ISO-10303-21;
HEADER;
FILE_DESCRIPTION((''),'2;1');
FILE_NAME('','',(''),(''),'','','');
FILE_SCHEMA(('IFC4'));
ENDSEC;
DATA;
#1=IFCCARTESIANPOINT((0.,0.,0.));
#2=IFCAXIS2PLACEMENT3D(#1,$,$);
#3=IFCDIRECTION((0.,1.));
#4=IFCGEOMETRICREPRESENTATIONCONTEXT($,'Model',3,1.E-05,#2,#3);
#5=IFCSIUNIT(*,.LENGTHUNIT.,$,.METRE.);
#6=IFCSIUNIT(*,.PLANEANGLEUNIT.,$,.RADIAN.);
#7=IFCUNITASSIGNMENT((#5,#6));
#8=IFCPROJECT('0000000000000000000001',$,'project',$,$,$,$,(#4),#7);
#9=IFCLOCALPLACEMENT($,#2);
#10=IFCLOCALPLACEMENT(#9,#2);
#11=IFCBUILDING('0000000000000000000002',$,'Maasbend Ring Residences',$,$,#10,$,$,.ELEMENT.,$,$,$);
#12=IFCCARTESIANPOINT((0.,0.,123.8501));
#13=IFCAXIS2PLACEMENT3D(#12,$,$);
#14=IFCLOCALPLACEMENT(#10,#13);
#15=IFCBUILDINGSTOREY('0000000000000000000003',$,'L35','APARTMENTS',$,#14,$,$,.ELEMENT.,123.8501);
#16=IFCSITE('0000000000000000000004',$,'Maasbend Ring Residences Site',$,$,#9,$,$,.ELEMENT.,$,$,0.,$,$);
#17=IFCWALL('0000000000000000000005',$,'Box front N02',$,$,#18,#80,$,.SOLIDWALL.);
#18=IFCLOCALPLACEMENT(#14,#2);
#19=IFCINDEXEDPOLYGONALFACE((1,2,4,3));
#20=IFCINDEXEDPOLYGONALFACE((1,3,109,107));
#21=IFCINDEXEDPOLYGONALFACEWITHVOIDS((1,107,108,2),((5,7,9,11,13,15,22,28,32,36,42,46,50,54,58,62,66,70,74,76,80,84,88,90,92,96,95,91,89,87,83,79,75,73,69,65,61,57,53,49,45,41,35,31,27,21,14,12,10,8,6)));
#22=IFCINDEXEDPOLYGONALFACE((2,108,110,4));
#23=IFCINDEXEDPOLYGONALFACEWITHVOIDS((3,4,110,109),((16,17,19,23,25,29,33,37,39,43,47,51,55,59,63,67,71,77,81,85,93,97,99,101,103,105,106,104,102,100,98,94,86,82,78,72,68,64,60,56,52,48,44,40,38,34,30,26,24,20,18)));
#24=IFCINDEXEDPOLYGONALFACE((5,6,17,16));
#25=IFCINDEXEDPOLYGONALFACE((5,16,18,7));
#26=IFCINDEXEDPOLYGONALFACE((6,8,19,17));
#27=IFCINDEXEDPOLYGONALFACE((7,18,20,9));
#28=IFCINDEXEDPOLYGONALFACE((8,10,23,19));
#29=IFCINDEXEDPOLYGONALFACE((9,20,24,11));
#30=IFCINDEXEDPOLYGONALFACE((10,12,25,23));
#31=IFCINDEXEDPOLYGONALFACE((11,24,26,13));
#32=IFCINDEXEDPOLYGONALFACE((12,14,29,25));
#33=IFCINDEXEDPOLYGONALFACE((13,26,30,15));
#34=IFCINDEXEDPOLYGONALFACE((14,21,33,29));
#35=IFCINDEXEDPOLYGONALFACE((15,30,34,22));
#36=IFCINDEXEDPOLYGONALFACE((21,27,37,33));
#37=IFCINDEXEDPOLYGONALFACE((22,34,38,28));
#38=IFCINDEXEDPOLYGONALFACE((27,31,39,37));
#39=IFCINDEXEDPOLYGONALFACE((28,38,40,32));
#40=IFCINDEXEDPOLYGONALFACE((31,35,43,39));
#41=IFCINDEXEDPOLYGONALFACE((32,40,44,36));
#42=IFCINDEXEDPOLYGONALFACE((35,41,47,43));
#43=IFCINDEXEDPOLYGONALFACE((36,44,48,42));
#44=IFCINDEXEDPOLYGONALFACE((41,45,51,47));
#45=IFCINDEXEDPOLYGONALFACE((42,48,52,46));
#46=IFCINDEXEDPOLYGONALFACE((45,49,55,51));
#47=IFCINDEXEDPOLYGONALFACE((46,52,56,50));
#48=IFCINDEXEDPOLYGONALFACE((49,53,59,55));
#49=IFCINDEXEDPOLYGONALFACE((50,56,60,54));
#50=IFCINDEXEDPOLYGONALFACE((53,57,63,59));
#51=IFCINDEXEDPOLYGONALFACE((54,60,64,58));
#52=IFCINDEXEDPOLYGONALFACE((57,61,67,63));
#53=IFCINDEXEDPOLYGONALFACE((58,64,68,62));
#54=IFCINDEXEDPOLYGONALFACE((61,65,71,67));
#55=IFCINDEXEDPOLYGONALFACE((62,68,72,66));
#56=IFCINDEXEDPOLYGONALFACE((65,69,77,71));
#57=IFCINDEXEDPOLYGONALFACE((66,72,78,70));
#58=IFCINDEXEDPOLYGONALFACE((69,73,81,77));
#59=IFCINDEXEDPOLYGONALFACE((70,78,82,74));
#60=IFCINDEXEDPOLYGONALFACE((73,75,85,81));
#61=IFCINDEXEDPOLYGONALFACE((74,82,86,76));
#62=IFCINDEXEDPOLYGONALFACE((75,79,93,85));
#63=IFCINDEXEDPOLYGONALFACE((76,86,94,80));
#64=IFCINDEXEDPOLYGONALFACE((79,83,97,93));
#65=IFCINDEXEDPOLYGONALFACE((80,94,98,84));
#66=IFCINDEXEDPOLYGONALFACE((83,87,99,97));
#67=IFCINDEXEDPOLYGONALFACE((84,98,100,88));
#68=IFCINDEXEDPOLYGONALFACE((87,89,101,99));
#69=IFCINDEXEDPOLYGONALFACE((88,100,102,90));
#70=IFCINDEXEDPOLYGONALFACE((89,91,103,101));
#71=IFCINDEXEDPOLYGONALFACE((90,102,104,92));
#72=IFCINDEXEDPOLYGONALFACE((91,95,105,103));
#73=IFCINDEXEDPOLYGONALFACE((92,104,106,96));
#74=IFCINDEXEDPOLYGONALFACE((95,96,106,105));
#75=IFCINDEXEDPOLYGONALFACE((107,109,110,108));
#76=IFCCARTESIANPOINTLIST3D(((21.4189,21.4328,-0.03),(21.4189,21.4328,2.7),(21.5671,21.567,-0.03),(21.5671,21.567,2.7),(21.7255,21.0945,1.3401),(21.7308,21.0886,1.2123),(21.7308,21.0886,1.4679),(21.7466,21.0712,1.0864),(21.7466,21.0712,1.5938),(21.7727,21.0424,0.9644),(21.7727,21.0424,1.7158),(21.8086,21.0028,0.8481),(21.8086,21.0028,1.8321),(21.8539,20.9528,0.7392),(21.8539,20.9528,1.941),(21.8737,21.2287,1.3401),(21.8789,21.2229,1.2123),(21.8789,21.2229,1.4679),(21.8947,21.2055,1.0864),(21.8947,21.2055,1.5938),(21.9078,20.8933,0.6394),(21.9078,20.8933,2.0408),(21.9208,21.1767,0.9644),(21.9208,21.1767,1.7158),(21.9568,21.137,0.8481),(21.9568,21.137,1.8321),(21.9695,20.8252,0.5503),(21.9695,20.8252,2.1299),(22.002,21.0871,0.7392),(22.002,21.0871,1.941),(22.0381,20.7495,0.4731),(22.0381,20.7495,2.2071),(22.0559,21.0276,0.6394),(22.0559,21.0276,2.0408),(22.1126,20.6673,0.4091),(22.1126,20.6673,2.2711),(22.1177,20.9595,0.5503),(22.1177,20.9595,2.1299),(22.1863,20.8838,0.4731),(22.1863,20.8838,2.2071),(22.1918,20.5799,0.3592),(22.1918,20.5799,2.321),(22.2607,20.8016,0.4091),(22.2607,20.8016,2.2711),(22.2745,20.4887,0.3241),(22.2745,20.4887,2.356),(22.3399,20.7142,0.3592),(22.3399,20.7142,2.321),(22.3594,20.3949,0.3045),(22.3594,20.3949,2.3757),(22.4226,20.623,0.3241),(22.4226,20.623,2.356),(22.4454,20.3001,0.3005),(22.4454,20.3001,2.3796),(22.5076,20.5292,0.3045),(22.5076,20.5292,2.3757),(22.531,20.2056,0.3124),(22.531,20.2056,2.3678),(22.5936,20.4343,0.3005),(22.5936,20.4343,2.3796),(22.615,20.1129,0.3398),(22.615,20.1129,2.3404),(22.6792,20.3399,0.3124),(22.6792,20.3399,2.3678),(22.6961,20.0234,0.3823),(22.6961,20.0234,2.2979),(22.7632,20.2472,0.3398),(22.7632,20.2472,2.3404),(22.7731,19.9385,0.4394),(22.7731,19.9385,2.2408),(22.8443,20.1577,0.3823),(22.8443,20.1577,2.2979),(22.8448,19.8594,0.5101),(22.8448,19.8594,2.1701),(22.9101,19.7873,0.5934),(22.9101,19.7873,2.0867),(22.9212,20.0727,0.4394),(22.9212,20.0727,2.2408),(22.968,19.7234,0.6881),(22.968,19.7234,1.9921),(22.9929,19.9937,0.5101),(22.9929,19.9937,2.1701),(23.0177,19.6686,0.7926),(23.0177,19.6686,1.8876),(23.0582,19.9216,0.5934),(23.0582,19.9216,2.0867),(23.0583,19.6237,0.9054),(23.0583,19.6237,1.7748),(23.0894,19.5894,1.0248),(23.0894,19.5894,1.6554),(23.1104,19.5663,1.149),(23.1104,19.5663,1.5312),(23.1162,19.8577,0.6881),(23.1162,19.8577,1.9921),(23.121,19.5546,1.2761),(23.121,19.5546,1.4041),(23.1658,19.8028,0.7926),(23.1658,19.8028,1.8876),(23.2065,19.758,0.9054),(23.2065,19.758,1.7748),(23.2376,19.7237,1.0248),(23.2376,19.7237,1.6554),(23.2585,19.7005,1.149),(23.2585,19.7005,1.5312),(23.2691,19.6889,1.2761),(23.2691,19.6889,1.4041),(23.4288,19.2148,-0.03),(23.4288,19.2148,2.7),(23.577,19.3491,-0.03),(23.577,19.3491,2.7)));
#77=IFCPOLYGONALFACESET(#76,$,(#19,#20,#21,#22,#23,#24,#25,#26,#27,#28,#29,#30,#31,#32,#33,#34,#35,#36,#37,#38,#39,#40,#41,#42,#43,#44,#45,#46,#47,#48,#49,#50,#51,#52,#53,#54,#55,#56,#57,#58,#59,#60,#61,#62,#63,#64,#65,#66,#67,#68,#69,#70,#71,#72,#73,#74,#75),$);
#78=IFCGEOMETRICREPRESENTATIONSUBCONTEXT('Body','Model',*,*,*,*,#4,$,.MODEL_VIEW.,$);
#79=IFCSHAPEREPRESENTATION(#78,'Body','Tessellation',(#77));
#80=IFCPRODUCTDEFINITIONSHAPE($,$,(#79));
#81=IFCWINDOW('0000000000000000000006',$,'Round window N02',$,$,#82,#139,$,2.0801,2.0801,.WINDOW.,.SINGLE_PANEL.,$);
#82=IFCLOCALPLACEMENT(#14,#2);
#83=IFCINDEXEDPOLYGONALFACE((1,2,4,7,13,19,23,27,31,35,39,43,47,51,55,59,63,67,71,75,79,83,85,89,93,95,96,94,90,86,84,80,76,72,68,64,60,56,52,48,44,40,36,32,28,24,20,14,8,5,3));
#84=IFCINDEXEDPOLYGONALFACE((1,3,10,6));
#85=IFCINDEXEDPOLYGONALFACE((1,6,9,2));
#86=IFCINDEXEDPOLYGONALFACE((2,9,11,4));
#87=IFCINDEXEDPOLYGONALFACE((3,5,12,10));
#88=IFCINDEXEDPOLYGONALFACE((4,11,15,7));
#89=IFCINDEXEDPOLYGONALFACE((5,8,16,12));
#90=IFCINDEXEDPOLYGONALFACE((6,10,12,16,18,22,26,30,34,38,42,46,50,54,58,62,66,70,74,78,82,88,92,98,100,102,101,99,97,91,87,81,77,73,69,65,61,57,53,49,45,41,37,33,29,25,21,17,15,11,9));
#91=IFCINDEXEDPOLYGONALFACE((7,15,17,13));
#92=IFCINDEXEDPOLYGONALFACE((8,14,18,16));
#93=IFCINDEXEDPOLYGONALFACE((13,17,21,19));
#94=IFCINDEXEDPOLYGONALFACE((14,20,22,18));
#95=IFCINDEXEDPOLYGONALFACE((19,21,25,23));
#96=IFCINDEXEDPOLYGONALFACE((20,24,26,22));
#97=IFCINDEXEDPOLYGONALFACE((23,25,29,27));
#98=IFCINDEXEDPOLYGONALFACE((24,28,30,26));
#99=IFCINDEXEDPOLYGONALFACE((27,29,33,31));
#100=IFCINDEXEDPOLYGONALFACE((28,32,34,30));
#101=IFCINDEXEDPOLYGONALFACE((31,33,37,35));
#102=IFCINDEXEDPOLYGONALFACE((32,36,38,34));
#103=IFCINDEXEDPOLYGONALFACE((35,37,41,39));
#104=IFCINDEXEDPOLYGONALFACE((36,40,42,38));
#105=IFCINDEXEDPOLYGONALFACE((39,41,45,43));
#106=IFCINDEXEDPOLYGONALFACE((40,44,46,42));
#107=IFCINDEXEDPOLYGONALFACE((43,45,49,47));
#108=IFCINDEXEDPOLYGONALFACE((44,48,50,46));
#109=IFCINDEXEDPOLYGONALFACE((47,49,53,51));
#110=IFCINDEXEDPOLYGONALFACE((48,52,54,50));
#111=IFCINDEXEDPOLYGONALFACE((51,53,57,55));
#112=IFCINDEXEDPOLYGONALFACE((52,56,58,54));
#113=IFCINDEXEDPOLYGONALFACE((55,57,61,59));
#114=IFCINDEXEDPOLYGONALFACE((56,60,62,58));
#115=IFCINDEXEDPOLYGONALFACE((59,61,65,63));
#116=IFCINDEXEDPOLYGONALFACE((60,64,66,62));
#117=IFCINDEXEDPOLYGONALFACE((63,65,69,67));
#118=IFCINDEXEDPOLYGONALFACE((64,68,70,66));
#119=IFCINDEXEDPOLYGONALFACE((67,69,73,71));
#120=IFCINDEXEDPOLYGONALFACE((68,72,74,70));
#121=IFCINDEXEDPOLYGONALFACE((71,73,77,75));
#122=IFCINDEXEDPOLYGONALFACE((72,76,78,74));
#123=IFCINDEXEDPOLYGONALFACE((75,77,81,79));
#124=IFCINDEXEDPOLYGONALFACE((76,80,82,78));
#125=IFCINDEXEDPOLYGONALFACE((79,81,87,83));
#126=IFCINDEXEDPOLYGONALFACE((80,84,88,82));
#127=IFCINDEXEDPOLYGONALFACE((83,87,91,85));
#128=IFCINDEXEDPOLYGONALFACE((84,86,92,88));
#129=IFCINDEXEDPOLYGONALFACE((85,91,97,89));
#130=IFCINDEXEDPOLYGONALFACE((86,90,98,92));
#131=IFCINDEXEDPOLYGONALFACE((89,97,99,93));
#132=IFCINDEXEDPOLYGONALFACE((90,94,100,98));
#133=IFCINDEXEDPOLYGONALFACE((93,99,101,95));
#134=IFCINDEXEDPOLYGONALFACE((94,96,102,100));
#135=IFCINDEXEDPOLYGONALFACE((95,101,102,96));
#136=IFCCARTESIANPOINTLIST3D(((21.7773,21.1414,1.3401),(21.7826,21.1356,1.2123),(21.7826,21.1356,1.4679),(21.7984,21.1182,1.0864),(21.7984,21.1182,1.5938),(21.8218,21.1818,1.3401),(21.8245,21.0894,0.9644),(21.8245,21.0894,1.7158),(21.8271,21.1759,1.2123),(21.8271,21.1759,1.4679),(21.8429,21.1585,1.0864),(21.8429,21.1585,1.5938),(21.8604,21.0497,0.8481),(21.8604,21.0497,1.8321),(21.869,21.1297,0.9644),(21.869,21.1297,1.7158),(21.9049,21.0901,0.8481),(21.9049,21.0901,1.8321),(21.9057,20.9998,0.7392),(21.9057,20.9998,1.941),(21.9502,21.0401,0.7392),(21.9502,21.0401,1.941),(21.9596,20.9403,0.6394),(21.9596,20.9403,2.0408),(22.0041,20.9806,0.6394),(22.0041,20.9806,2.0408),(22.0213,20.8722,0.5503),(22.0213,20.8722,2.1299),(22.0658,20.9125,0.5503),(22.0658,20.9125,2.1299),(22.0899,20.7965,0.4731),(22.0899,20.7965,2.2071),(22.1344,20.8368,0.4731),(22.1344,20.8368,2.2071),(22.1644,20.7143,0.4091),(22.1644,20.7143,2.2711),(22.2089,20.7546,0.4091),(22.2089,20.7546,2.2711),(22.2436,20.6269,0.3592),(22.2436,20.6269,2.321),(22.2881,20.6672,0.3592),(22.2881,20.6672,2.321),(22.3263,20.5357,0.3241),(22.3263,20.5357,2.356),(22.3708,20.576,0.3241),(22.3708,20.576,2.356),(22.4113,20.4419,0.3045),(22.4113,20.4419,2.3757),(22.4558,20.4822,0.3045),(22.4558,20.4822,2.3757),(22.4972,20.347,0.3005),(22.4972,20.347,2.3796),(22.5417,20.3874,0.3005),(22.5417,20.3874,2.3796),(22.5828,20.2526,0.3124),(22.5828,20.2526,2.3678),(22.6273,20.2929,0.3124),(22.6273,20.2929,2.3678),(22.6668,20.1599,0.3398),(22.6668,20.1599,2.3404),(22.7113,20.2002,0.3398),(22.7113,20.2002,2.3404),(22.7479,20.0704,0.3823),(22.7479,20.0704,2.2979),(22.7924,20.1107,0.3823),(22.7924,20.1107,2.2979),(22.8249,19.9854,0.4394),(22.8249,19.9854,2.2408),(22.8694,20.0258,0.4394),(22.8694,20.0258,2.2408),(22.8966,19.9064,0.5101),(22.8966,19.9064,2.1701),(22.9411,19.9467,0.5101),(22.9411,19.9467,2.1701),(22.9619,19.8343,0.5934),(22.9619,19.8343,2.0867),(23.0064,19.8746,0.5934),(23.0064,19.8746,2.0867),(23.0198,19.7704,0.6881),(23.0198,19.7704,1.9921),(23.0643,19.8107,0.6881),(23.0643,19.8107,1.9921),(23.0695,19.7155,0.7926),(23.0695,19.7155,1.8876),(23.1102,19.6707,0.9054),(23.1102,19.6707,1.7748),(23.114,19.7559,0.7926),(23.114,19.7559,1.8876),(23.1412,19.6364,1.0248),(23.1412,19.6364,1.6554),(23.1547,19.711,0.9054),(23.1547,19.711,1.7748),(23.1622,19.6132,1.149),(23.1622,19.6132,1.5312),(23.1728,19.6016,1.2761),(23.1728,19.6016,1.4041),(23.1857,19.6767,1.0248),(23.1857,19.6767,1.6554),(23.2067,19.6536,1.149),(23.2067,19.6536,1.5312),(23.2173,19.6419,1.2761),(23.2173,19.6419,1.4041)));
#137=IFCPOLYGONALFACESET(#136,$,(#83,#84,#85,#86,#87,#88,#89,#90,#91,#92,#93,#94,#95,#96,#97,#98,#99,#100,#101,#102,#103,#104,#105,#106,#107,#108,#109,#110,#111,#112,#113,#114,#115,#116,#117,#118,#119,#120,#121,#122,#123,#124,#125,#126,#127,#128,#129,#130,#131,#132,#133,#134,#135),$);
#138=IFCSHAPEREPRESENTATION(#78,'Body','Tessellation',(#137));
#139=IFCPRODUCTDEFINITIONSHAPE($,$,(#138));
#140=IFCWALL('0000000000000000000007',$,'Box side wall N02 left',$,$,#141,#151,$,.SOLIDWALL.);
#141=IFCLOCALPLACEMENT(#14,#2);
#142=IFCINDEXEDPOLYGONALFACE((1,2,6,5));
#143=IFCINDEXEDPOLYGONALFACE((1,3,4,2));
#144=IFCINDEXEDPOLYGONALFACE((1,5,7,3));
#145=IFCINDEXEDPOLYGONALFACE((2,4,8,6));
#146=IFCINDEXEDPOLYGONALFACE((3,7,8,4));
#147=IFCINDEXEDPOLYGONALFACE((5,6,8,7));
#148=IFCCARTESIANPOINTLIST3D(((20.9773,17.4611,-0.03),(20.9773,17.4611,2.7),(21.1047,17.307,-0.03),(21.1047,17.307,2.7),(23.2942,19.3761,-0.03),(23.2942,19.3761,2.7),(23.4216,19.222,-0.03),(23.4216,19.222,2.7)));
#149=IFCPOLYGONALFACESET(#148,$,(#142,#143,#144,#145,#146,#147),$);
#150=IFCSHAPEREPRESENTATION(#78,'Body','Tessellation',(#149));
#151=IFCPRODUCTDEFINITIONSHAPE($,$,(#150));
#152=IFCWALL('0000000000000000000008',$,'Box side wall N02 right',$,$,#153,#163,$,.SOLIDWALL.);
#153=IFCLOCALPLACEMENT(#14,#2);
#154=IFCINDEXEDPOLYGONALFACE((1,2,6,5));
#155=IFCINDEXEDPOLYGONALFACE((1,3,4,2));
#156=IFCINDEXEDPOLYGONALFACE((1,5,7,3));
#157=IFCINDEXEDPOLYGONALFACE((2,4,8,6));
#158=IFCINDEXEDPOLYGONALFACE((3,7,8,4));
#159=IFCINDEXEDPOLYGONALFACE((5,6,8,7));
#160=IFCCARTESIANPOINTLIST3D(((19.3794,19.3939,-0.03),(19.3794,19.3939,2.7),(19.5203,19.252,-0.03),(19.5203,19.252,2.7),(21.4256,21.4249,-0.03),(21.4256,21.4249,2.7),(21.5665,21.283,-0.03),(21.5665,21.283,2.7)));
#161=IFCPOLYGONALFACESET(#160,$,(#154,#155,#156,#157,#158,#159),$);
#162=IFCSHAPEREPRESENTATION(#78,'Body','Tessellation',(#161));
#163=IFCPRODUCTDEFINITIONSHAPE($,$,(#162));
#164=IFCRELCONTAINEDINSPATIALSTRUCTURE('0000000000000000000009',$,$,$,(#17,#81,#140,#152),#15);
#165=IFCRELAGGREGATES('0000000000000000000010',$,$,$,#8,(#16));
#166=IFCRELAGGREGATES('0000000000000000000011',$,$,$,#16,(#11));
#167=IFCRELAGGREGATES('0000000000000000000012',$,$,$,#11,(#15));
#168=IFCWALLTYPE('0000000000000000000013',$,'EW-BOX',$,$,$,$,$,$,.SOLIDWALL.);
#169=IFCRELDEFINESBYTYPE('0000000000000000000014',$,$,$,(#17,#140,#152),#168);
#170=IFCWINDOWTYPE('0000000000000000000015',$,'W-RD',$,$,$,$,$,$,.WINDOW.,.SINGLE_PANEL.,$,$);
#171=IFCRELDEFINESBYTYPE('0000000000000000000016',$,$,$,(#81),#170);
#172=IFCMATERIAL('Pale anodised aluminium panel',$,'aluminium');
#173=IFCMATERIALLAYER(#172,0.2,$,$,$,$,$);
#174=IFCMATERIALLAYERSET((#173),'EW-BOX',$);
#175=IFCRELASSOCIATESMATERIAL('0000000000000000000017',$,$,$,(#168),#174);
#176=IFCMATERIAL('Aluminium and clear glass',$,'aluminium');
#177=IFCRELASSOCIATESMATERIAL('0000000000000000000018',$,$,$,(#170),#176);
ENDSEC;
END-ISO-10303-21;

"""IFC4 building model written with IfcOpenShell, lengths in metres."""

from ifc_helpers import new_model, si_unit, direction, frame, frame_2d, origin, place, context, subcontext, project, spatial, rectangle, circle, extrude, material, layer, layer_set, type_object, element, fill, save


model = new_model("IFC4")

# Units and contexts
model_context = context("Model", 3, precision=1e-05, world=origin(), true_north=direction((0.0, 1.0)))
body_context = subcontext(model_context, "Body", "Model", "MODEL_VIEW")
ifc_project = project(units=[si_unit("LENGTHUNIT", "METRE"), si_unit("PLANEANGLEUNIT", "RADIAN")], contexts=[model_context])

# Site, building, storey
site_placement = place(None, origin())
site = spatial("IfcSite", under=ifc_project, at=site_placement, Name="Maasbend Ring Residences Site", CompositionType="ELEMENT", RefElevation=0.0)
building_placement = place(site_placement, origin())
building = spatial("IfcBuilding", under=site, at=building_placement, Name="Maasbend Ring Residences", CompositionType="ELEMENT")
storey_placement = place(building_placement, frame((0.0, 0.0, 123.8501)))
storey = spatial("IfcBuildingStorey", under=building, at=storey_placement, Name="L35", Description="APARTMENTS", CompositionType="ELEMENT", Elevation=123.8501)

# Wall, opening, window
ifc_material_1 = material(Name="Pale anodised aluminium panel", Category="aluminium")
ifc_layer_1 = layer(ifc_material_1, 0.2)
ifc_layer_set_1 = layer_set([ifc_layer_1], Name="EW-BOX")
wall_type_1 = type_object("IfcWallType", Name="EW-BOX", PredefinedType="SOLIDWALL", material=ifc_layer_set_1)
wall_1_placement = place(storey_placement, frame((23.5029, 19.282, -0.03), z_axis=(0.0, 0.0, 1.0), x_axis=(-0.671507, 0.740998, 0.0)))
wall_1 = element("IfcWall", 1, at=wall_1_placement, inside=storey, type_object=wall_type_1, Name="Box front N02", PredefinedType="SOLIDWALL", context=body_context, shape_type="SweptSolid", body=[
    extrude(rectangle(XDim=2.9932, YDim=0.2, at=frame_2d((1.4966, 0.0))), origin(), (0.0, 0.0, 1.0), 2.73),
])
opening_1_placement = place(wall_1_placement, frame((0.4565, 0.0, 0.3301)))
opening_1 = element("IfcOpeningElement", 2, at=opening_1_placement, cuts=wall_1, PredefinedType="OPENING", context=body_context, shape_type="SweptSolid", body=[
    extrude(circle(Radius=1.04, at=frame_2d((1.04, 1.04))), frame((0.0, 0.1099, 0.0), z_axis=(0.0, -1.0, 0.0), x_axis=(1.0, 0.0, 0.0)), (0.0, 0.0, 1.0), 0.22),
])
ifc_material_2 = material(Name="Aluminium and clear glass", Category="aluminium")
window_type_1 = type_object("IfcWindowType", Name="W-RD", PartitioningType="SINGLE_PANEL", PredefinedType="WINDOW", material=ifc_material_2)
window_1_placement = place(opening_1_placement, origin())
window_1 = element("IfcWindow", 3, at=window_1_placement, inside=storey, type_object=window_type_1, Name="Round window N02", OverallHeight=2.0801, OverallWidth=2.0801, PartitioningType="SINGLE_PANEL", PredefinedType="WINDOW", context=body_context, shape_type="SweptSolid", body=[
    extrude(circle(Radius=1.04, at=frame_2d((1.04, 1.04))), frame((0.0, 0.03, 0.0), z_axis=(0.0, -1.0, 0.0), x_axis=(1.0, 0.0, 0.0)), (0.0, 0.0, 1.0), 0.0601),
])
fill(opening_1, window_1)

# Walls
wall_2_placement = place(storey_placement, frame((21.041, 17.384, -0.03), z_axis=(0.0, 0.0, 1.0), x_axis=(0.770785, 0.637096, 0.0)))
element("IfcWall", 4, at=wall_2_placement, inside=storey, type_object=wall_type_1, Name="Box side wall N02 left", PredefinedType="SOLIDWALL", context=body_context, shape_type="SweptSolid", body=[
    extrude(rectangle(XDim=3.0059, YDim=0.2, at=frame_2d((1.5029, 0.0))), origin(), (0.0, 0.0, 1.0), 2.73),
])
wall_3_placement = place(storey_placement, frame((19.45, 19.323, -0.03), z_axis=(0.0, 0.0, 1.0), x_axis=(0.709727, 0.704477, 0.0)))
element("IfcWall", 5, at=wall_3_placement, inside=storey, type_object=wall_type_1, Name="Box side wall N02 right", PredefinedType="SOLIDWALL", context=body_context, shape_type="SweptSolid", body=[
    extrude(rectangle(XDim=2.8831, YDim=0.2, at=frame_2d((1.4414, 0.0))), origin(), (0.0, 0.0, 1.0), 2.73),
])

save(model, "model.ifc")
